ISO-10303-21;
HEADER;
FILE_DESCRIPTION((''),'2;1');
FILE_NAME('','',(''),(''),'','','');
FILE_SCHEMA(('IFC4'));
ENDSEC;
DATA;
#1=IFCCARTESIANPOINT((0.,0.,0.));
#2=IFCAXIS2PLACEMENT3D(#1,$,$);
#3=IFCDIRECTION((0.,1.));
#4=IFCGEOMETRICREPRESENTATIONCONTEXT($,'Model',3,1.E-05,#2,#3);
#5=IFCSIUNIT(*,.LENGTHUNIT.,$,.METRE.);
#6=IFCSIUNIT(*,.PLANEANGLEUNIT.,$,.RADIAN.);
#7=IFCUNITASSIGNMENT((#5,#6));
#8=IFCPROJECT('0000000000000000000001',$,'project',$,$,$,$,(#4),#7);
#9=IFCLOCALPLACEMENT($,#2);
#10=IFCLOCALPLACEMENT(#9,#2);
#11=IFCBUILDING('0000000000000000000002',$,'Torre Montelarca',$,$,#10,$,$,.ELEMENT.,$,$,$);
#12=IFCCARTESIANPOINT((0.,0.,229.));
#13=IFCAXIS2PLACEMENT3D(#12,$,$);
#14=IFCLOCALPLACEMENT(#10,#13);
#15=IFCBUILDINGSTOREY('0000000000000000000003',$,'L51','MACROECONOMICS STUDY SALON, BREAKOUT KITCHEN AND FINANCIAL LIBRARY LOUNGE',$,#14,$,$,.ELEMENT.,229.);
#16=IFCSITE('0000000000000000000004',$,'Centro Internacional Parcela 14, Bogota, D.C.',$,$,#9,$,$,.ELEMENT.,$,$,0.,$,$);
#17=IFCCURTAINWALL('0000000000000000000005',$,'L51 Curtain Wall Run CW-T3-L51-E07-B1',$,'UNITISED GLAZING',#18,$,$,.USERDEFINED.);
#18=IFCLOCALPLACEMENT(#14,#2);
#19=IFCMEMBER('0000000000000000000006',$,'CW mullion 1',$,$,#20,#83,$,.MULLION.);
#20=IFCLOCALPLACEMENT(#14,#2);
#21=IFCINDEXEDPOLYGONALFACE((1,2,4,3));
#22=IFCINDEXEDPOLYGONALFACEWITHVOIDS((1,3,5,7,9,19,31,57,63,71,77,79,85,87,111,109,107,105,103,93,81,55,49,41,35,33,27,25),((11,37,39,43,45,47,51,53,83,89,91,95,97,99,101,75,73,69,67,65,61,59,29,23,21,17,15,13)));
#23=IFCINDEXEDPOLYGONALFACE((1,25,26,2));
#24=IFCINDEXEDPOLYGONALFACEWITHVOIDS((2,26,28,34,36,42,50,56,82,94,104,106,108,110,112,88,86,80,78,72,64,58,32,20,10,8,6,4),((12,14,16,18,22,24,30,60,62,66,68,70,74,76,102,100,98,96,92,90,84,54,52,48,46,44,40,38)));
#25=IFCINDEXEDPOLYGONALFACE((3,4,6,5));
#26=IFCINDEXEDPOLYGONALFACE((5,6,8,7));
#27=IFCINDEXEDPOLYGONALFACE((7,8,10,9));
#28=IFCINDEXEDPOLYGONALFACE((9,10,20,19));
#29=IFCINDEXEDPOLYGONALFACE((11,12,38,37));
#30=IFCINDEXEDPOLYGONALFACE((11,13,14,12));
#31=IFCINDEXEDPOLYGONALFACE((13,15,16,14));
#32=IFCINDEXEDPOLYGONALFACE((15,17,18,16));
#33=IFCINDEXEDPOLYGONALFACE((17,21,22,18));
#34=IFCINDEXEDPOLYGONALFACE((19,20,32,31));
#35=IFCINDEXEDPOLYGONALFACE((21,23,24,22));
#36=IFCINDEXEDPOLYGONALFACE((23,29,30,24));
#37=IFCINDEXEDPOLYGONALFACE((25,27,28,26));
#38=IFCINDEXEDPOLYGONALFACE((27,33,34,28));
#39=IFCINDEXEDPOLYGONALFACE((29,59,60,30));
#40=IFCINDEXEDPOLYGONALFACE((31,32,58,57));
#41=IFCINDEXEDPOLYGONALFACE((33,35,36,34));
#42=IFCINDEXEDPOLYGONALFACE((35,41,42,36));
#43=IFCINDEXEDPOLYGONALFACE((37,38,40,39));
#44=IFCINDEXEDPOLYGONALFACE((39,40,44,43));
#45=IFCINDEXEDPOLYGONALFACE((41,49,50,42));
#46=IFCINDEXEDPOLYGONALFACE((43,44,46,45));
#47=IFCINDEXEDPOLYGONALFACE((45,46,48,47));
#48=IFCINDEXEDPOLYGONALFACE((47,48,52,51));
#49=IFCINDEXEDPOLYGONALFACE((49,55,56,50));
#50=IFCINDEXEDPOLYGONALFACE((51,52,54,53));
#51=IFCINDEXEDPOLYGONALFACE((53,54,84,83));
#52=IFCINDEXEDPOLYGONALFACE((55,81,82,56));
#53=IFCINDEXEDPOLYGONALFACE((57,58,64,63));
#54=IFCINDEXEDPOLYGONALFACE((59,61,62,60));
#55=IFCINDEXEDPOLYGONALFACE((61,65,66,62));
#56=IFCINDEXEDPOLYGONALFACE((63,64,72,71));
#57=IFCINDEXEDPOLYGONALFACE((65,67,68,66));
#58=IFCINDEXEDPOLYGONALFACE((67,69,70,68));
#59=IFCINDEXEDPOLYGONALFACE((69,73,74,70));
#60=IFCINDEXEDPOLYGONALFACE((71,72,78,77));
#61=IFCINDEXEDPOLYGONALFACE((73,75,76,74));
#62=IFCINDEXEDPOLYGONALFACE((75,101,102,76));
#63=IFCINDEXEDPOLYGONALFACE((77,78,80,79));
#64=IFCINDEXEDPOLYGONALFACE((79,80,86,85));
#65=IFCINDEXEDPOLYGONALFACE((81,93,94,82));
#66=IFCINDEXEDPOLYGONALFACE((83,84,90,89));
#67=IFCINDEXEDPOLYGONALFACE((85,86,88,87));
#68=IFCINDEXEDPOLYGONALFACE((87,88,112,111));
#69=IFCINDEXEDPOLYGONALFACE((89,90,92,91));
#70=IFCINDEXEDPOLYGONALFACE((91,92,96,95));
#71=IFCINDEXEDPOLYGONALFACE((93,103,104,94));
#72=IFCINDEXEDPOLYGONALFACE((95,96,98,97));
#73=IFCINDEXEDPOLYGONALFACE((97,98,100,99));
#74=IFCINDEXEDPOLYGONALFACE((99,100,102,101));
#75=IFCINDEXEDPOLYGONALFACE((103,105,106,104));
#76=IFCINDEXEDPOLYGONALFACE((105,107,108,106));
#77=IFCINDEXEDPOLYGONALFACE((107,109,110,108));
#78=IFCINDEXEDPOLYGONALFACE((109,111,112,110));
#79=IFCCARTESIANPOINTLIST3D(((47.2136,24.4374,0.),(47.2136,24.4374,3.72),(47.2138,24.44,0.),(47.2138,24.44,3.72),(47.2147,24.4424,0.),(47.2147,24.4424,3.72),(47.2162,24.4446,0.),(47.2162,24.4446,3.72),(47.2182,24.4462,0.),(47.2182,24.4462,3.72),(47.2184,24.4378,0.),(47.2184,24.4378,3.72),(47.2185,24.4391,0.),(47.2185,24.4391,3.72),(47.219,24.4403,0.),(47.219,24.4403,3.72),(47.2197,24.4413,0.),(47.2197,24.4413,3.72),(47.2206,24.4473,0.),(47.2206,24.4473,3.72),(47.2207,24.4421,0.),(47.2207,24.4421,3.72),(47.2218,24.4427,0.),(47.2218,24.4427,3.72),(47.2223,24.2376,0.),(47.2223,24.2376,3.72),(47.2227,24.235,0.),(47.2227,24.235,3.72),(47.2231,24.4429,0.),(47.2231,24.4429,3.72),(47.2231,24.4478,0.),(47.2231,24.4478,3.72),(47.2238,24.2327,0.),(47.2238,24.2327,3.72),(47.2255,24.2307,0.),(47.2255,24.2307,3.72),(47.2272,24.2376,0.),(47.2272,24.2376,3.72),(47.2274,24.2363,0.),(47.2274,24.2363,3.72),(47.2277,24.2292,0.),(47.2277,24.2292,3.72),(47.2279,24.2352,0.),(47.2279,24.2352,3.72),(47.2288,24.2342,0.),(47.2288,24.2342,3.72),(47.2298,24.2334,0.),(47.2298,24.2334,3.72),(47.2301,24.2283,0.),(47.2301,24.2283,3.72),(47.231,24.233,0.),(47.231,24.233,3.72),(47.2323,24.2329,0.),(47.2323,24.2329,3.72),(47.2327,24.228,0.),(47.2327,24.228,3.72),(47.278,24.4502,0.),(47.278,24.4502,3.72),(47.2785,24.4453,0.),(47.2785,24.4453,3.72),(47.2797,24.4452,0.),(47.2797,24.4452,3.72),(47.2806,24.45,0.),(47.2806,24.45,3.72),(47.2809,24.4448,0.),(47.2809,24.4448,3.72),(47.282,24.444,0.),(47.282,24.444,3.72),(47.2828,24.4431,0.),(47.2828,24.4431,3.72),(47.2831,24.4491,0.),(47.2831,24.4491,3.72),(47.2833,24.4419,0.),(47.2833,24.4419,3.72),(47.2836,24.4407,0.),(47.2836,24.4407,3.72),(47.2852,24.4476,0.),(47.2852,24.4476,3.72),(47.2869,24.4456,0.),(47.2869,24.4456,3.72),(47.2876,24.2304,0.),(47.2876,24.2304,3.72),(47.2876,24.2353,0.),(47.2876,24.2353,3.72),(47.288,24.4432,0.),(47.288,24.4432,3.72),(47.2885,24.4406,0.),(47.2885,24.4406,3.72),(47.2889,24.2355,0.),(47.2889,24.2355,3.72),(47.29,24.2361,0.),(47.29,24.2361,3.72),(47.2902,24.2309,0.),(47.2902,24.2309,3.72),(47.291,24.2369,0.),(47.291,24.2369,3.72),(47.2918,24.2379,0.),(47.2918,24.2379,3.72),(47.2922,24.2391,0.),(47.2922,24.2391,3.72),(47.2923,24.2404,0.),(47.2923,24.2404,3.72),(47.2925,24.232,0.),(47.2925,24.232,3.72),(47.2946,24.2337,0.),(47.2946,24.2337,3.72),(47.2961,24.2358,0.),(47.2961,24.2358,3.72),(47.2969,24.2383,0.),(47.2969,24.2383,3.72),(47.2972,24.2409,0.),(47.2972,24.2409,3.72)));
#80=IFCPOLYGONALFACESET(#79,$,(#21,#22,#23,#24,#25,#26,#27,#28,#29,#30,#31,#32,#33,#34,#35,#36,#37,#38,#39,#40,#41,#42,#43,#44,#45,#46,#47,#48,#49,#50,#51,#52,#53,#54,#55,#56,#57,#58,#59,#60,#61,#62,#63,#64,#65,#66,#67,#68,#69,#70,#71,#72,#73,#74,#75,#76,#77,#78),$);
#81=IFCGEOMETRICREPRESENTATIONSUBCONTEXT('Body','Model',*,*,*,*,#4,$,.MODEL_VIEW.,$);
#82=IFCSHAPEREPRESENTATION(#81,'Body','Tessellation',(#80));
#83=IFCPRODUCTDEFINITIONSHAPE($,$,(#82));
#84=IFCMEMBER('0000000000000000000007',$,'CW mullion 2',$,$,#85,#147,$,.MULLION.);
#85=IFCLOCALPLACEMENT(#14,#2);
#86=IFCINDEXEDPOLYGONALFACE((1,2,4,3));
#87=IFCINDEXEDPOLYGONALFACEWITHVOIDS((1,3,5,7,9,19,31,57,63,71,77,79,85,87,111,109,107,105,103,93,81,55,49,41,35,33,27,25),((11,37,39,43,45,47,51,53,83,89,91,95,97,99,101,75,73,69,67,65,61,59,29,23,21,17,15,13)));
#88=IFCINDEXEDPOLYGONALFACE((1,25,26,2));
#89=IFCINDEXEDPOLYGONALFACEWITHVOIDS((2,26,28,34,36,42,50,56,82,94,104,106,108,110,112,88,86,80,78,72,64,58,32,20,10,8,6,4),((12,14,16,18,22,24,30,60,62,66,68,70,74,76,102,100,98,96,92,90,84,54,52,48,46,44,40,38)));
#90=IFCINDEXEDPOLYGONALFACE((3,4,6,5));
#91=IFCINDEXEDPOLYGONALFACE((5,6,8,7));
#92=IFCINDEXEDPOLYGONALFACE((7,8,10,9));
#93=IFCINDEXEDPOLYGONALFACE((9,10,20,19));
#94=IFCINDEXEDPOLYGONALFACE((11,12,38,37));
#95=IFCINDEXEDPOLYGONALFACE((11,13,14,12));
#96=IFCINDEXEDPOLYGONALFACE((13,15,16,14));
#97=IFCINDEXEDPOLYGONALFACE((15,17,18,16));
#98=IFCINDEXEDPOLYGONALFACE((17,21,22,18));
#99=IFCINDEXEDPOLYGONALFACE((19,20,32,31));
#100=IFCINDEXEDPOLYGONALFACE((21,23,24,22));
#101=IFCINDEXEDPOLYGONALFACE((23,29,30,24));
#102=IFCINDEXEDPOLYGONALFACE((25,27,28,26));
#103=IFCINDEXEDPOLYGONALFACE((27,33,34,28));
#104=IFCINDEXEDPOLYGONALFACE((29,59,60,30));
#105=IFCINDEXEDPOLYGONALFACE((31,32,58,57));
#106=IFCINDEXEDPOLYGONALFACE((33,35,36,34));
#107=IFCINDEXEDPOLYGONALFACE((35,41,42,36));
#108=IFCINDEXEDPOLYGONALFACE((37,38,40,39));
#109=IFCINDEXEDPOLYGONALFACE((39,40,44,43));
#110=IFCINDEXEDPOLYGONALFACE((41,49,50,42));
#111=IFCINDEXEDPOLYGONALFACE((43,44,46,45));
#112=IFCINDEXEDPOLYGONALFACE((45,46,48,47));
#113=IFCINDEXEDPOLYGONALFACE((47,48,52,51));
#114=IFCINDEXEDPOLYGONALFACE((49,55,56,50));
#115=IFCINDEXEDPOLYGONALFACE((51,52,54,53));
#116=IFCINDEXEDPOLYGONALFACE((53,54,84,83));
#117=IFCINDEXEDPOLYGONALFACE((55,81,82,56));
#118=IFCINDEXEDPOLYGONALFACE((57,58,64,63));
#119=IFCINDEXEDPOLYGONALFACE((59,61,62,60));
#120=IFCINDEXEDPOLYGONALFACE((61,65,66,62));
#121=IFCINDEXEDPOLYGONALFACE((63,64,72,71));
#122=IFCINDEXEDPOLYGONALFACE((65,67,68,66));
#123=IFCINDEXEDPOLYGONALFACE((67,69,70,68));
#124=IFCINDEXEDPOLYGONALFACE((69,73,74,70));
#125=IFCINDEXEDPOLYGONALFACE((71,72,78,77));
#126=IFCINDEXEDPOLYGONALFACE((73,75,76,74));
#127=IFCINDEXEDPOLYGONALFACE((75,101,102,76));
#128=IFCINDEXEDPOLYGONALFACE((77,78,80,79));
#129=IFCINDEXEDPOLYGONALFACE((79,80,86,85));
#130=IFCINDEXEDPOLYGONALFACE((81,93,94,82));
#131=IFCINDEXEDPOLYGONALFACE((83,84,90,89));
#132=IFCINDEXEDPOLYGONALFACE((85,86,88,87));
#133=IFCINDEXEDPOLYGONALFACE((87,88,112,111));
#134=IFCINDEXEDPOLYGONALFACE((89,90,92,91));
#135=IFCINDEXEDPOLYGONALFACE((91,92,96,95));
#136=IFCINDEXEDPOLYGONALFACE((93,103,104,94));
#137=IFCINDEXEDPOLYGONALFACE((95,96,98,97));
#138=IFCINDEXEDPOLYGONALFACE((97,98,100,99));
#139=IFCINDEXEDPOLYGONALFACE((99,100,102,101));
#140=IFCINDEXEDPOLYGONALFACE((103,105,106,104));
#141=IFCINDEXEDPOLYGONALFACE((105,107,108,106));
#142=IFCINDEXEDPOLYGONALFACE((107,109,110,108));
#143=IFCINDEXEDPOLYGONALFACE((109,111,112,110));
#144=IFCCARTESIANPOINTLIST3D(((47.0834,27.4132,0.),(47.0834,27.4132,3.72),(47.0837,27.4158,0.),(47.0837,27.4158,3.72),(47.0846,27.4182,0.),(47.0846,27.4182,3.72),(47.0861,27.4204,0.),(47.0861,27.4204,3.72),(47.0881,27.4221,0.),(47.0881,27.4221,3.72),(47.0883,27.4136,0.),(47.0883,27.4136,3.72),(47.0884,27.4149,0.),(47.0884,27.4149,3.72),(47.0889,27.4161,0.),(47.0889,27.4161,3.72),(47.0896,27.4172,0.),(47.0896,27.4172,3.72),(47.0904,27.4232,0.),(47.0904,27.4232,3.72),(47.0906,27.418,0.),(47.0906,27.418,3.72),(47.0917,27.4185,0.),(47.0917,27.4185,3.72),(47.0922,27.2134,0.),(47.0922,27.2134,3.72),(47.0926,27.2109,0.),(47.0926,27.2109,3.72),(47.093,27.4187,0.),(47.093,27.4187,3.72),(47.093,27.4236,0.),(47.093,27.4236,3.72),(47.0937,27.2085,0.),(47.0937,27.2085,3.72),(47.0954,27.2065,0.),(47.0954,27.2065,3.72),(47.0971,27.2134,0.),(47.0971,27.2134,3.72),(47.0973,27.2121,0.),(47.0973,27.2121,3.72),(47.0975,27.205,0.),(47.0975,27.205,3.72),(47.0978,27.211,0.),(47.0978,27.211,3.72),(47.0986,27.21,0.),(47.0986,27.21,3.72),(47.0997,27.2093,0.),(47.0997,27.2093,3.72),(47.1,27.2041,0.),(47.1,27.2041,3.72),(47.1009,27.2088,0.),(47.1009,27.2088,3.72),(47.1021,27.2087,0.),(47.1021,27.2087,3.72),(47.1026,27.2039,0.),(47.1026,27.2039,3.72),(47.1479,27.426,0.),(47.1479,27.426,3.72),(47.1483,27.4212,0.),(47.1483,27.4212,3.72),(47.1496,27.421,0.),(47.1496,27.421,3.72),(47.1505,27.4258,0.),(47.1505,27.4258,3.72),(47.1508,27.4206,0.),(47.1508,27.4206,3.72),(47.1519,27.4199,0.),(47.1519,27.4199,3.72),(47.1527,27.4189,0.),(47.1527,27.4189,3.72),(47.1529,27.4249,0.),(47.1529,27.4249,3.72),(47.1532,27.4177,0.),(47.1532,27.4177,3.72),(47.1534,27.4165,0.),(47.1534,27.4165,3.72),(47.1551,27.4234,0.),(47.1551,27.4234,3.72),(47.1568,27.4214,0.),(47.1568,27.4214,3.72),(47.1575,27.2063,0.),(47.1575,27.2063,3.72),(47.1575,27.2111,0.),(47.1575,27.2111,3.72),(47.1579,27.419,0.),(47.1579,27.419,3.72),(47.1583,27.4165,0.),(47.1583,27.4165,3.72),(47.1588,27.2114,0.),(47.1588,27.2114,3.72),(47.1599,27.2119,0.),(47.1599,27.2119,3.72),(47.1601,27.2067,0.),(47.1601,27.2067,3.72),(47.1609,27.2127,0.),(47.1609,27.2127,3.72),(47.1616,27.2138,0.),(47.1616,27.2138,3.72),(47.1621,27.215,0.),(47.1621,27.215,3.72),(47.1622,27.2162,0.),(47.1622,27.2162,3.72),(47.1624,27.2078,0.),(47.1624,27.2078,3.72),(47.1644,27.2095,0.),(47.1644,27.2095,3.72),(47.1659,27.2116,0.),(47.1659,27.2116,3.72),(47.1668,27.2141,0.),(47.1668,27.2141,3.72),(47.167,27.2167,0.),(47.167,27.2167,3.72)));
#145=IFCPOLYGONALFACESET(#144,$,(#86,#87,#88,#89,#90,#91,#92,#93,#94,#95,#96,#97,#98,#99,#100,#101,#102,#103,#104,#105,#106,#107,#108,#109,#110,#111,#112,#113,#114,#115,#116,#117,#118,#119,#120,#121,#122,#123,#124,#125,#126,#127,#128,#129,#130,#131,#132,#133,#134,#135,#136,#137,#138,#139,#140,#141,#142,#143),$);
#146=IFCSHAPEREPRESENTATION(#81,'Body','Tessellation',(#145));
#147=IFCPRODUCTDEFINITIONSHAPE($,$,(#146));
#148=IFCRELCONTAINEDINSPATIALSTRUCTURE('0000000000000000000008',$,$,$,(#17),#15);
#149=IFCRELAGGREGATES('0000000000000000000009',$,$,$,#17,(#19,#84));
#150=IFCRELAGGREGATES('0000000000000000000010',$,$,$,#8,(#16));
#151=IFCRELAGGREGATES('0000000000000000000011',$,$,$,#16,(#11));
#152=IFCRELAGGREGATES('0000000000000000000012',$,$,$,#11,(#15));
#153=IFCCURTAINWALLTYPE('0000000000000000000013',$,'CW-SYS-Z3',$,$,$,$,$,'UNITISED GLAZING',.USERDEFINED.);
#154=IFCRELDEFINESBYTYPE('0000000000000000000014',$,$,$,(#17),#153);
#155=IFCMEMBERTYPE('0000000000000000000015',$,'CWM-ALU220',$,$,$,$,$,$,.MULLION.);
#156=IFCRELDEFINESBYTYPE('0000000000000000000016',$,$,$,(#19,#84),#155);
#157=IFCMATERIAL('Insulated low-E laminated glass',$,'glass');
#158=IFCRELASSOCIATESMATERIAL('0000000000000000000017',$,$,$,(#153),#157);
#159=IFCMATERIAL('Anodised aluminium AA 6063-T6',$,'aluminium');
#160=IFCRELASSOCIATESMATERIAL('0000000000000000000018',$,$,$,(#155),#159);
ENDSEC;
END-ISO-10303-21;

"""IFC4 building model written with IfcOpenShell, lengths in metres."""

from ifc_helpers import new_model, si_unit, direction, frame, origin, origin_2d, place, context, subcontext, project, spatial, hollow_rectangle, extrude, source, transform, mapped, material, material_profile, profile_set, type_object, element, aggregate, save


model = new_model("IFC4")

# Units and contexts
model_context = context("Model", 3, precision=1e-05, world=origin(), true_north=direction((0.0, 1.0)))
body_context = subcontext(model_context, "Body", "Model", "MODEL_VIEW")
ifc_project = project(units=[si_unit("LENGTHUNIT", "METRE"), si_unit("PLANEANGLEUNIT", "RADIAN")], contexts=[model_context])

# Site, building, storey
site_placement = place(None, origin())
site = spatial("IfcSite", under=ifc_project, at=site_placement, Name="Centro Internacional Parcela 14, Bogota, D.C.", CompositionType="ELEMENT", RefElevation=0.0)
building_placement = place(site_placement, origin())
building = spatial("IfcBuilding", under=site, at=building_placement, Name="Torre Montelarca", CompositionType="ELEMENT")
storey_placement = place(building_placement, frame((0.0, 0.0, 229.0)))
storey = spatial("IfcBuildingStorey", under=building, at=storey_placement, Name="L51", Description="MACROECONOMICS STUDY SALON, BREAKOUT KITCHEN AND FINANCIAL LIBRARY LOUNGE", CompositionType="ELEMENT", Elevation=229.0)

# Curtain wall
ifc_material_1 = material(Name="Insulated low-E laminated glass", Category="glass")
curtain_wall_type = type_object("IfcCurtainWallType", Name="CW-SYS-Z3", ElementType="UNITISED GLAZING", PredefinedType="USERDEFINED", material=ifc_material_1)
curtain_wall_1_placement = place(storey_placement, origin())
curtain_wall_1 = element("IfcCurtainWall", 1, at=curtain_wall_1_placement, inside=storey, type_object=curtain_wall_type, Name="L51 Curtain Wall Run CW-T3-L51-E07-B1", ObjectType="UNITISED GLAZING", PredefinedType="USERDEFINED")
ifc_material_2 = material(Name="Anodised aluminium AA 6063-T6", Category="aluminium")

# Shared definitions
ifc_material_profile_1 = material_profile(ifc_material_2, hollow_rectangle(XDim=0.075, YDim=0.22, WallThickness=0.0049, InnerFilletRadius=0.0049, OuterFilletRadius=0.01, at=origin_2d()), Name="ALU75X220X5", Category="aluminium")
ifc_profile_set_1 = profile_set([ifc_material_profile_1], Name="Anodised aluminium AA 6063-T6")
member_type_1 = type_object("IfcMemberType", Name="CWM-ALU220", PredefinedType="MULLION", material=ifc_profile_set_1)
shared_shape_1 = source(origin(), body_context, "Body", "SweptSolid", [
    extrude(hollow_rectangle(XDim=0.075, YDim=0.22, WallThickness=0.0049, InnerFilletRadius=0.0049, OuterFilletRadius=0.01, at=origin_2d()), origin(), (0.0, 0.0, 1.0), 3.72),
])

# Members
member_1_placement = place(storey_placement, frame((47.2554, 24.3391, 0.0), z_axis=(0.0, 0.0, 1.0), x_axis=(-0.999048, -0.043616, 0.0)))
member_1 = element("IfcMember", 2, at=member_1_placement, type_object=member_type_1, Name="CW mullion 1", PredefinedType="MULLION", context=body_context, shape_type="MappedRepresentation", body=[
    mapped(shared_shape_1, transform((0.0, 0.0, 0.0), scale=1.0)),
])
member_2_placement = place(storey_placement, frame((47.1252, 27.3149, 0.0), z_axis=(0.0, 0.0, 1.0), x_axis=(-0.999048, -0.043616, 0.0)))
member_2 = element("IfcMember", 3, at=member_2_placement, type_object=member_type_1, Name="CW mullion 2", PredefinedType="MULLION", context=body_context, shape_type="MappedRepresentation", body=[
    mapped(shared_shape_1, transform((0.0, 0.0, 0.0), scale=1.0)),
])

aggregate(curtain_wall_1, [member_1, member_2])

save(model, "model.ifc")
